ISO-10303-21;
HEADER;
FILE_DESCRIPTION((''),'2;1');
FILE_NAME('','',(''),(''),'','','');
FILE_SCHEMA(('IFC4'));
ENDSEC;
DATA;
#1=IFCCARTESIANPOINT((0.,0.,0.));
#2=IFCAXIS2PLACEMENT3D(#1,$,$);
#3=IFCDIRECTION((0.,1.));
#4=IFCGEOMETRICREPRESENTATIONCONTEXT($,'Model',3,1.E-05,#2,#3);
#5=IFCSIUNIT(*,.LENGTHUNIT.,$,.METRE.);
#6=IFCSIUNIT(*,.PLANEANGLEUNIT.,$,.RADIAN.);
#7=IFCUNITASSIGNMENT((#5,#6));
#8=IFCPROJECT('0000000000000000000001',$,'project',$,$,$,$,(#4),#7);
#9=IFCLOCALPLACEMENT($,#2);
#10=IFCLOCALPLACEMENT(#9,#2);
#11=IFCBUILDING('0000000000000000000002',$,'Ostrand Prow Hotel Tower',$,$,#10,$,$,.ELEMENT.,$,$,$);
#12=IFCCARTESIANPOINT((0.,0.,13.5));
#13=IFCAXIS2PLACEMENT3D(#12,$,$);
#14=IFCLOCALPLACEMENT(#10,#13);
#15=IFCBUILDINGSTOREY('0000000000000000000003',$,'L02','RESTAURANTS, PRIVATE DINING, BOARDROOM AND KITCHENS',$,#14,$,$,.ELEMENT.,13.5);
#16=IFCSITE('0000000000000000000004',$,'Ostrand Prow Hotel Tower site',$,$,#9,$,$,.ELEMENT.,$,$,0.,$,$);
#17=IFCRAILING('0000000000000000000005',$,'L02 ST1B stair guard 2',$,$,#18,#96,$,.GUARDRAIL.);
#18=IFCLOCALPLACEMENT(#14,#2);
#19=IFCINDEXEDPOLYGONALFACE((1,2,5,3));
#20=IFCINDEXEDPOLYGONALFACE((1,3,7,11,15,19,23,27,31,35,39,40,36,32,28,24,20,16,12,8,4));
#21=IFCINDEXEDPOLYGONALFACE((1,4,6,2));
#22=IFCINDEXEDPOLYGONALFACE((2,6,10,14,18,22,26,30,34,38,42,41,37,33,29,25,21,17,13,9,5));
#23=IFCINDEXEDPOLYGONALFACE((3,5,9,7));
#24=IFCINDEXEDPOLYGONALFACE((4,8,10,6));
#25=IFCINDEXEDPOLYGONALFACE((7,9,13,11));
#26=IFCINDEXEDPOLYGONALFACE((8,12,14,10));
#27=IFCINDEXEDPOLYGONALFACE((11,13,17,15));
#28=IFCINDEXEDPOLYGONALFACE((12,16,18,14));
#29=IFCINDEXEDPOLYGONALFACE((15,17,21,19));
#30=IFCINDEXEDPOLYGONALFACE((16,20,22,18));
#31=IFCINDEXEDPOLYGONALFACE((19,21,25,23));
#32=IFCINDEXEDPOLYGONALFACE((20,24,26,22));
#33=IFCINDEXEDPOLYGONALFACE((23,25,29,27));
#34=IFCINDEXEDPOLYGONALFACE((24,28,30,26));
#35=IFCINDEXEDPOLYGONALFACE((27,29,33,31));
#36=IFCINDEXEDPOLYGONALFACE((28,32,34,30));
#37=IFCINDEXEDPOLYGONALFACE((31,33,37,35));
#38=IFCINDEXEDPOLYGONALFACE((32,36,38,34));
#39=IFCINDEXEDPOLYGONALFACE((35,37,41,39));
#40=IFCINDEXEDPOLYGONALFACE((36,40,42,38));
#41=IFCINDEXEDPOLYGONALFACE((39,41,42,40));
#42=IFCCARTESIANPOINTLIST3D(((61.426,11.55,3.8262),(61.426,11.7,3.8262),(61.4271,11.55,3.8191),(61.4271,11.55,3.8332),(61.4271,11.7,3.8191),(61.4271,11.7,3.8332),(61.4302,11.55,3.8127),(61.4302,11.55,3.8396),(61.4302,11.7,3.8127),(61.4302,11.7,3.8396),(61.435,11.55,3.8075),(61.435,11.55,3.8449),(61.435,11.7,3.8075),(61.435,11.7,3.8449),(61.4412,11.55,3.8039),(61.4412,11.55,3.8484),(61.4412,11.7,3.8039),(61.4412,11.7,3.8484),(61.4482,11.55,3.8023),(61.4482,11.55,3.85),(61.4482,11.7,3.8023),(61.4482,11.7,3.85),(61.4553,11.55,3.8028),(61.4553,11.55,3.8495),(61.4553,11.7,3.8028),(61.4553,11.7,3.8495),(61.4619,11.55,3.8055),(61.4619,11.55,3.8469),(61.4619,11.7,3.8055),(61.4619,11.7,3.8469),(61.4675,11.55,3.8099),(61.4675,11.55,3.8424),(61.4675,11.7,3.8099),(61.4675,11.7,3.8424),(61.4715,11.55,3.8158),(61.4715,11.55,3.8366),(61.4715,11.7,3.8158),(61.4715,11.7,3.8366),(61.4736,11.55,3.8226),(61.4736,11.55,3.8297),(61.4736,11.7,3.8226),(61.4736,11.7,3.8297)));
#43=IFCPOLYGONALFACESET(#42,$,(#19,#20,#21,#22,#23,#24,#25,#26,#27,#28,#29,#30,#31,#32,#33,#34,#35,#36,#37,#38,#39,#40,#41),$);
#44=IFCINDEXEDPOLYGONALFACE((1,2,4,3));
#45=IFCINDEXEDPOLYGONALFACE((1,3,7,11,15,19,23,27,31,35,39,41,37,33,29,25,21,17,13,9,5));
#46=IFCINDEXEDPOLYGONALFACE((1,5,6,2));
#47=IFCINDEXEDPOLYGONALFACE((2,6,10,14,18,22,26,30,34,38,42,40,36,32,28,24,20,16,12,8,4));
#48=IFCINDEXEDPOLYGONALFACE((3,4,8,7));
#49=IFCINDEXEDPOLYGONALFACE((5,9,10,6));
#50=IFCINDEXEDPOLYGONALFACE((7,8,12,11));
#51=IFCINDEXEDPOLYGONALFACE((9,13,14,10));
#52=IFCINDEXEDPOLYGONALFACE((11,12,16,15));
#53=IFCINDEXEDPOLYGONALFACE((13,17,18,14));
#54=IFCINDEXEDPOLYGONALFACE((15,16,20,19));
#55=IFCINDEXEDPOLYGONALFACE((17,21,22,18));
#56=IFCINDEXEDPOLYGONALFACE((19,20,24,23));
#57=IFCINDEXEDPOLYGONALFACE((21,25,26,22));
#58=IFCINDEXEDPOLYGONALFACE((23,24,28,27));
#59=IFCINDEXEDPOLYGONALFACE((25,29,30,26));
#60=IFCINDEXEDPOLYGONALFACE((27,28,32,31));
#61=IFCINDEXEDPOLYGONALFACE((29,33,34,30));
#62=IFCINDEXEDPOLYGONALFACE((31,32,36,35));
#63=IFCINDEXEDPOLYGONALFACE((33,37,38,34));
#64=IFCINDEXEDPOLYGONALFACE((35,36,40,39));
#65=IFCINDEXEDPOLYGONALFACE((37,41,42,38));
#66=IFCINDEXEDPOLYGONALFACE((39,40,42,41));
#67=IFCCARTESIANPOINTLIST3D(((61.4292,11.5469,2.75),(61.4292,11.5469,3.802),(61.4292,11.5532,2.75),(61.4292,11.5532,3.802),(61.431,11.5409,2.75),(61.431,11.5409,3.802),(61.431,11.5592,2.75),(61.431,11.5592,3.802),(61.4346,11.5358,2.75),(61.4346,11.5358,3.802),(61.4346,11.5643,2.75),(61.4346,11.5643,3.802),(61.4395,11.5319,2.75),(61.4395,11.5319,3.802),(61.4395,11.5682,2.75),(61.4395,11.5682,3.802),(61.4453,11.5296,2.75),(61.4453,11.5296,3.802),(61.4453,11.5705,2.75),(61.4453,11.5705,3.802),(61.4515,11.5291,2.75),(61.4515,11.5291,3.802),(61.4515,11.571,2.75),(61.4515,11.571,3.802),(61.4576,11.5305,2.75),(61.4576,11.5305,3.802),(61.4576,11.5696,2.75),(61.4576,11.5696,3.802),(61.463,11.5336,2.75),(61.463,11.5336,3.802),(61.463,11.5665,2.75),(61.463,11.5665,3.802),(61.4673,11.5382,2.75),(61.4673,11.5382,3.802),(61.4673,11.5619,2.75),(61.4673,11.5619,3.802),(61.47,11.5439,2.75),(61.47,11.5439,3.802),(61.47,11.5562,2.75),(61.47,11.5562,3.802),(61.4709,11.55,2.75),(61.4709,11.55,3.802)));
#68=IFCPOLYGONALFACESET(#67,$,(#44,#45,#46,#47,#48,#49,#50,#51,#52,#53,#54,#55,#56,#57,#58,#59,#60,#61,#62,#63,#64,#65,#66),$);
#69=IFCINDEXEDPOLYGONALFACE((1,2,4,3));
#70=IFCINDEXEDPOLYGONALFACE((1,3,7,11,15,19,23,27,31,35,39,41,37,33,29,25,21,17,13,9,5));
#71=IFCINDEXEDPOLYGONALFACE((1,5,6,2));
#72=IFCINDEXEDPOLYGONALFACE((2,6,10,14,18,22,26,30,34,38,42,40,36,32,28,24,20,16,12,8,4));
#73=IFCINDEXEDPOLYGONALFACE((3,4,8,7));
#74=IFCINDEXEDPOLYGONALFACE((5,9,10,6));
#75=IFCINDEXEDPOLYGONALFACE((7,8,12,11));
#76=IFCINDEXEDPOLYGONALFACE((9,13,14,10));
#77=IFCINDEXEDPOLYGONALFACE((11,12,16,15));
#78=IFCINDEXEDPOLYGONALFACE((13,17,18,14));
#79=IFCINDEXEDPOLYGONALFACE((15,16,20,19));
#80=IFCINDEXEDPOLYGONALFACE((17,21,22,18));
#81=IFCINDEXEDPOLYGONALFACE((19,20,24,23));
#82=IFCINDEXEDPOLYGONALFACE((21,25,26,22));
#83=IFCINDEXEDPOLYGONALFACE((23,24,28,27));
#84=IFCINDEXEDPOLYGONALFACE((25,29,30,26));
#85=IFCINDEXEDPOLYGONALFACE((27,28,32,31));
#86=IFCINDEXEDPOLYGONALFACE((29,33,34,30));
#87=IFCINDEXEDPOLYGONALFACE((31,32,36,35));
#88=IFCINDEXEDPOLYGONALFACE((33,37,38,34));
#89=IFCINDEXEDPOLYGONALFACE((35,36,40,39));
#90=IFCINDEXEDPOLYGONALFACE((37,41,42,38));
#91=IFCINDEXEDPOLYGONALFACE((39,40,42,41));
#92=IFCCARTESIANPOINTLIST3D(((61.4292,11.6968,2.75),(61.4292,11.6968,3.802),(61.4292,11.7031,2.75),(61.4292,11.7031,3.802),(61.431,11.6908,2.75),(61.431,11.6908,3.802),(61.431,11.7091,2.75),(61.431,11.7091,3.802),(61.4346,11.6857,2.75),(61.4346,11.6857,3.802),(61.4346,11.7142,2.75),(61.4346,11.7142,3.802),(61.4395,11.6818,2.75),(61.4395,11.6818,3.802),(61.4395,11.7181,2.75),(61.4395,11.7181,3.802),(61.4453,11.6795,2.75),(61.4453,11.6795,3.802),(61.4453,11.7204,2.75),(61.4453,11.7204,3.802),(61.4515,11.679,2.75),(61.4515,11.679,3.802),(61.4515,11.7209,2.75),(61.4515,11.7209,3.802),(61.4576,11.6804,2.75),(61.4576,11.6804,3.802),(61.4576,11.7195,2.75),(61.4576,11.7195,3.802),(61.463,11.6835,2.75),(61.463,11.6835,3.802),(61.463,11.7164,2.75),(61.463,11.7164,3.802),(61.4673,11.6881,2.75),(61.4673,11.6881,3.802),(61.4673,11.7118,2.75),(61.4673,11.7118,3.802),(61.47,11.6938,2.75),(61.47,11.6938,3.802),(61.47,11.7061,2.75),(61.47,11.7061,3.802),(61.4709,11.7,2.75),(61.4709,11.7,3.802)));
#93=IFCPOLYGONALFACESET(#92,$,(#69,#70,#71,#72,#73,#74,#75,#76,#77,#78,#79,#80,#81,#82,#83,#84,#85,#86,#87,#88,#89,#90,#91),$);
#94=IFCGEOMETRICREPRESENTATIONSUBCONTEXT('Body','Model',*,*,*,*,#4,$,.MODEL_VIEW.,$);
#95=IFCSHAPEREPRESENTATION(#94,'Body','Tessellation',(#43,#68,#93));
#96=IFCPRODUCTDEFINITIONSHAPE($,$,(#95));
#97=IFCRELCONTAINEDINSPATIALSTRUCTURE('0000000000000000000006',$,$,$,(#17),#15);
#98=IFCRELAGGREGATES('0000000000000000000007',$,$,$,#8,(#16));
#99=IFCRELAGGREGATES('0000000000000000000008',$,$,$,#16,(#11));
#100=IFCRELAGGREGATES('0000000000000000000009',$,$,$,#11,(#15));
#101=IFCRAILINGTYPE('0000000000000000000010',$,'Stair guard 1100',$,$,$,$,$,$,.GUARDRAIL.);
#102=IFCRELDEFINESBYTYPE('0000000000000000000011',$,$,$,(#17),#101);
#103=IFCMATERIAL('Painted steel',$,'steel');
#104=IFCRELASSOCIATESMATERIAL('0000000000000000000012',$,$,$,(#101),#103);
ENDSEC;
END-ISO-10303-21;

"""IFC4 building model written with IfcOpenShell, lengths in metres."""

from ifc_helpers import new_model, si_unit, direction, frame, origin, origin_2d, place, context, subcontext, project, spatial, circle, extrude, material, type_object, element, save


model = new_model("IFC4")

# Units and contexts
model_context = context("Model", 3, precision=1e-05, world=origin(), true_north=direction((0.0, 1.0)))
body_context = subcontext(model_context, "Body", "Model", "MODEL_VIEW")
ifc_project = project(units=[si_unit("LENGTHUNIT", "METRE"), si_unit("PLANEANGLEUNIT", "RADIAN")], contexts=[model_context])

# Site, building, storey
site_placement = place(None, origin())
site = spatial("IfcSite", under=ifc_project, at=site_placement, Name="Ostrand Prow Hotel Tower site", CompositionType="ELEMENT", RefElevation=0.0)
building_placement = place(site_placement, origin())
building = spatial("IfcBuilding", under=site, at=building_placement, Name="Ostrand Prow Hotel Tower", CompositionType="ELEMENT")
storey_placement = place(building_placement, frame((0.0, 0.0, 13.5)))
storey = spatial("IfcBuildingStorey", under=building, at=storey_placement, Name="L02", Description="RESTAURANTS, PRIVATE DINING, BOARDROOM AND KITCHENS", CompositionType="ELEMENT", Elevation=13.5)

# Railing
ifc_material_1 = material(Name="Painted steel", Category="steel")
railing_type_1 = type_object("IfcRailingType", Name="Stair guard 1100", PredefinedType="GUARDRAIL", material=ifc_material_1)
railing_1_placement = place(storey_placement, frame((61.45, 11.55, 2.75)))
element("IfcRailing", 1, at=railing_1_placement, inside=storey, type_object=railing_type_1, Name="L02 ST1B stair guard 2", PredefinedType="GUARDRAIL", context=body_context, shape_type="SweptSolid", body=[
    extrude(circle(Radius=0.0239, at=origin_2d()), frame((0.0, 0.0, 1.0762), z_axis=(0.0, 1.0, 0.0), x_axis=(-1.0, 0.0, 0.0)), (0.0, 0.0, 1.0), 0.1499),
    extrude(circle(Radius=0.021, at=origin_2d()), origin(), (0.0, 0.0, 1.0), 1.052),
    extrude(circle(Radius=0.021, at=origin_2d()), frame((0.0, 0.1499, 0.0)), (0.0, 0.0, 1.0), 1.052),
])

save(model, "model.ifc")
